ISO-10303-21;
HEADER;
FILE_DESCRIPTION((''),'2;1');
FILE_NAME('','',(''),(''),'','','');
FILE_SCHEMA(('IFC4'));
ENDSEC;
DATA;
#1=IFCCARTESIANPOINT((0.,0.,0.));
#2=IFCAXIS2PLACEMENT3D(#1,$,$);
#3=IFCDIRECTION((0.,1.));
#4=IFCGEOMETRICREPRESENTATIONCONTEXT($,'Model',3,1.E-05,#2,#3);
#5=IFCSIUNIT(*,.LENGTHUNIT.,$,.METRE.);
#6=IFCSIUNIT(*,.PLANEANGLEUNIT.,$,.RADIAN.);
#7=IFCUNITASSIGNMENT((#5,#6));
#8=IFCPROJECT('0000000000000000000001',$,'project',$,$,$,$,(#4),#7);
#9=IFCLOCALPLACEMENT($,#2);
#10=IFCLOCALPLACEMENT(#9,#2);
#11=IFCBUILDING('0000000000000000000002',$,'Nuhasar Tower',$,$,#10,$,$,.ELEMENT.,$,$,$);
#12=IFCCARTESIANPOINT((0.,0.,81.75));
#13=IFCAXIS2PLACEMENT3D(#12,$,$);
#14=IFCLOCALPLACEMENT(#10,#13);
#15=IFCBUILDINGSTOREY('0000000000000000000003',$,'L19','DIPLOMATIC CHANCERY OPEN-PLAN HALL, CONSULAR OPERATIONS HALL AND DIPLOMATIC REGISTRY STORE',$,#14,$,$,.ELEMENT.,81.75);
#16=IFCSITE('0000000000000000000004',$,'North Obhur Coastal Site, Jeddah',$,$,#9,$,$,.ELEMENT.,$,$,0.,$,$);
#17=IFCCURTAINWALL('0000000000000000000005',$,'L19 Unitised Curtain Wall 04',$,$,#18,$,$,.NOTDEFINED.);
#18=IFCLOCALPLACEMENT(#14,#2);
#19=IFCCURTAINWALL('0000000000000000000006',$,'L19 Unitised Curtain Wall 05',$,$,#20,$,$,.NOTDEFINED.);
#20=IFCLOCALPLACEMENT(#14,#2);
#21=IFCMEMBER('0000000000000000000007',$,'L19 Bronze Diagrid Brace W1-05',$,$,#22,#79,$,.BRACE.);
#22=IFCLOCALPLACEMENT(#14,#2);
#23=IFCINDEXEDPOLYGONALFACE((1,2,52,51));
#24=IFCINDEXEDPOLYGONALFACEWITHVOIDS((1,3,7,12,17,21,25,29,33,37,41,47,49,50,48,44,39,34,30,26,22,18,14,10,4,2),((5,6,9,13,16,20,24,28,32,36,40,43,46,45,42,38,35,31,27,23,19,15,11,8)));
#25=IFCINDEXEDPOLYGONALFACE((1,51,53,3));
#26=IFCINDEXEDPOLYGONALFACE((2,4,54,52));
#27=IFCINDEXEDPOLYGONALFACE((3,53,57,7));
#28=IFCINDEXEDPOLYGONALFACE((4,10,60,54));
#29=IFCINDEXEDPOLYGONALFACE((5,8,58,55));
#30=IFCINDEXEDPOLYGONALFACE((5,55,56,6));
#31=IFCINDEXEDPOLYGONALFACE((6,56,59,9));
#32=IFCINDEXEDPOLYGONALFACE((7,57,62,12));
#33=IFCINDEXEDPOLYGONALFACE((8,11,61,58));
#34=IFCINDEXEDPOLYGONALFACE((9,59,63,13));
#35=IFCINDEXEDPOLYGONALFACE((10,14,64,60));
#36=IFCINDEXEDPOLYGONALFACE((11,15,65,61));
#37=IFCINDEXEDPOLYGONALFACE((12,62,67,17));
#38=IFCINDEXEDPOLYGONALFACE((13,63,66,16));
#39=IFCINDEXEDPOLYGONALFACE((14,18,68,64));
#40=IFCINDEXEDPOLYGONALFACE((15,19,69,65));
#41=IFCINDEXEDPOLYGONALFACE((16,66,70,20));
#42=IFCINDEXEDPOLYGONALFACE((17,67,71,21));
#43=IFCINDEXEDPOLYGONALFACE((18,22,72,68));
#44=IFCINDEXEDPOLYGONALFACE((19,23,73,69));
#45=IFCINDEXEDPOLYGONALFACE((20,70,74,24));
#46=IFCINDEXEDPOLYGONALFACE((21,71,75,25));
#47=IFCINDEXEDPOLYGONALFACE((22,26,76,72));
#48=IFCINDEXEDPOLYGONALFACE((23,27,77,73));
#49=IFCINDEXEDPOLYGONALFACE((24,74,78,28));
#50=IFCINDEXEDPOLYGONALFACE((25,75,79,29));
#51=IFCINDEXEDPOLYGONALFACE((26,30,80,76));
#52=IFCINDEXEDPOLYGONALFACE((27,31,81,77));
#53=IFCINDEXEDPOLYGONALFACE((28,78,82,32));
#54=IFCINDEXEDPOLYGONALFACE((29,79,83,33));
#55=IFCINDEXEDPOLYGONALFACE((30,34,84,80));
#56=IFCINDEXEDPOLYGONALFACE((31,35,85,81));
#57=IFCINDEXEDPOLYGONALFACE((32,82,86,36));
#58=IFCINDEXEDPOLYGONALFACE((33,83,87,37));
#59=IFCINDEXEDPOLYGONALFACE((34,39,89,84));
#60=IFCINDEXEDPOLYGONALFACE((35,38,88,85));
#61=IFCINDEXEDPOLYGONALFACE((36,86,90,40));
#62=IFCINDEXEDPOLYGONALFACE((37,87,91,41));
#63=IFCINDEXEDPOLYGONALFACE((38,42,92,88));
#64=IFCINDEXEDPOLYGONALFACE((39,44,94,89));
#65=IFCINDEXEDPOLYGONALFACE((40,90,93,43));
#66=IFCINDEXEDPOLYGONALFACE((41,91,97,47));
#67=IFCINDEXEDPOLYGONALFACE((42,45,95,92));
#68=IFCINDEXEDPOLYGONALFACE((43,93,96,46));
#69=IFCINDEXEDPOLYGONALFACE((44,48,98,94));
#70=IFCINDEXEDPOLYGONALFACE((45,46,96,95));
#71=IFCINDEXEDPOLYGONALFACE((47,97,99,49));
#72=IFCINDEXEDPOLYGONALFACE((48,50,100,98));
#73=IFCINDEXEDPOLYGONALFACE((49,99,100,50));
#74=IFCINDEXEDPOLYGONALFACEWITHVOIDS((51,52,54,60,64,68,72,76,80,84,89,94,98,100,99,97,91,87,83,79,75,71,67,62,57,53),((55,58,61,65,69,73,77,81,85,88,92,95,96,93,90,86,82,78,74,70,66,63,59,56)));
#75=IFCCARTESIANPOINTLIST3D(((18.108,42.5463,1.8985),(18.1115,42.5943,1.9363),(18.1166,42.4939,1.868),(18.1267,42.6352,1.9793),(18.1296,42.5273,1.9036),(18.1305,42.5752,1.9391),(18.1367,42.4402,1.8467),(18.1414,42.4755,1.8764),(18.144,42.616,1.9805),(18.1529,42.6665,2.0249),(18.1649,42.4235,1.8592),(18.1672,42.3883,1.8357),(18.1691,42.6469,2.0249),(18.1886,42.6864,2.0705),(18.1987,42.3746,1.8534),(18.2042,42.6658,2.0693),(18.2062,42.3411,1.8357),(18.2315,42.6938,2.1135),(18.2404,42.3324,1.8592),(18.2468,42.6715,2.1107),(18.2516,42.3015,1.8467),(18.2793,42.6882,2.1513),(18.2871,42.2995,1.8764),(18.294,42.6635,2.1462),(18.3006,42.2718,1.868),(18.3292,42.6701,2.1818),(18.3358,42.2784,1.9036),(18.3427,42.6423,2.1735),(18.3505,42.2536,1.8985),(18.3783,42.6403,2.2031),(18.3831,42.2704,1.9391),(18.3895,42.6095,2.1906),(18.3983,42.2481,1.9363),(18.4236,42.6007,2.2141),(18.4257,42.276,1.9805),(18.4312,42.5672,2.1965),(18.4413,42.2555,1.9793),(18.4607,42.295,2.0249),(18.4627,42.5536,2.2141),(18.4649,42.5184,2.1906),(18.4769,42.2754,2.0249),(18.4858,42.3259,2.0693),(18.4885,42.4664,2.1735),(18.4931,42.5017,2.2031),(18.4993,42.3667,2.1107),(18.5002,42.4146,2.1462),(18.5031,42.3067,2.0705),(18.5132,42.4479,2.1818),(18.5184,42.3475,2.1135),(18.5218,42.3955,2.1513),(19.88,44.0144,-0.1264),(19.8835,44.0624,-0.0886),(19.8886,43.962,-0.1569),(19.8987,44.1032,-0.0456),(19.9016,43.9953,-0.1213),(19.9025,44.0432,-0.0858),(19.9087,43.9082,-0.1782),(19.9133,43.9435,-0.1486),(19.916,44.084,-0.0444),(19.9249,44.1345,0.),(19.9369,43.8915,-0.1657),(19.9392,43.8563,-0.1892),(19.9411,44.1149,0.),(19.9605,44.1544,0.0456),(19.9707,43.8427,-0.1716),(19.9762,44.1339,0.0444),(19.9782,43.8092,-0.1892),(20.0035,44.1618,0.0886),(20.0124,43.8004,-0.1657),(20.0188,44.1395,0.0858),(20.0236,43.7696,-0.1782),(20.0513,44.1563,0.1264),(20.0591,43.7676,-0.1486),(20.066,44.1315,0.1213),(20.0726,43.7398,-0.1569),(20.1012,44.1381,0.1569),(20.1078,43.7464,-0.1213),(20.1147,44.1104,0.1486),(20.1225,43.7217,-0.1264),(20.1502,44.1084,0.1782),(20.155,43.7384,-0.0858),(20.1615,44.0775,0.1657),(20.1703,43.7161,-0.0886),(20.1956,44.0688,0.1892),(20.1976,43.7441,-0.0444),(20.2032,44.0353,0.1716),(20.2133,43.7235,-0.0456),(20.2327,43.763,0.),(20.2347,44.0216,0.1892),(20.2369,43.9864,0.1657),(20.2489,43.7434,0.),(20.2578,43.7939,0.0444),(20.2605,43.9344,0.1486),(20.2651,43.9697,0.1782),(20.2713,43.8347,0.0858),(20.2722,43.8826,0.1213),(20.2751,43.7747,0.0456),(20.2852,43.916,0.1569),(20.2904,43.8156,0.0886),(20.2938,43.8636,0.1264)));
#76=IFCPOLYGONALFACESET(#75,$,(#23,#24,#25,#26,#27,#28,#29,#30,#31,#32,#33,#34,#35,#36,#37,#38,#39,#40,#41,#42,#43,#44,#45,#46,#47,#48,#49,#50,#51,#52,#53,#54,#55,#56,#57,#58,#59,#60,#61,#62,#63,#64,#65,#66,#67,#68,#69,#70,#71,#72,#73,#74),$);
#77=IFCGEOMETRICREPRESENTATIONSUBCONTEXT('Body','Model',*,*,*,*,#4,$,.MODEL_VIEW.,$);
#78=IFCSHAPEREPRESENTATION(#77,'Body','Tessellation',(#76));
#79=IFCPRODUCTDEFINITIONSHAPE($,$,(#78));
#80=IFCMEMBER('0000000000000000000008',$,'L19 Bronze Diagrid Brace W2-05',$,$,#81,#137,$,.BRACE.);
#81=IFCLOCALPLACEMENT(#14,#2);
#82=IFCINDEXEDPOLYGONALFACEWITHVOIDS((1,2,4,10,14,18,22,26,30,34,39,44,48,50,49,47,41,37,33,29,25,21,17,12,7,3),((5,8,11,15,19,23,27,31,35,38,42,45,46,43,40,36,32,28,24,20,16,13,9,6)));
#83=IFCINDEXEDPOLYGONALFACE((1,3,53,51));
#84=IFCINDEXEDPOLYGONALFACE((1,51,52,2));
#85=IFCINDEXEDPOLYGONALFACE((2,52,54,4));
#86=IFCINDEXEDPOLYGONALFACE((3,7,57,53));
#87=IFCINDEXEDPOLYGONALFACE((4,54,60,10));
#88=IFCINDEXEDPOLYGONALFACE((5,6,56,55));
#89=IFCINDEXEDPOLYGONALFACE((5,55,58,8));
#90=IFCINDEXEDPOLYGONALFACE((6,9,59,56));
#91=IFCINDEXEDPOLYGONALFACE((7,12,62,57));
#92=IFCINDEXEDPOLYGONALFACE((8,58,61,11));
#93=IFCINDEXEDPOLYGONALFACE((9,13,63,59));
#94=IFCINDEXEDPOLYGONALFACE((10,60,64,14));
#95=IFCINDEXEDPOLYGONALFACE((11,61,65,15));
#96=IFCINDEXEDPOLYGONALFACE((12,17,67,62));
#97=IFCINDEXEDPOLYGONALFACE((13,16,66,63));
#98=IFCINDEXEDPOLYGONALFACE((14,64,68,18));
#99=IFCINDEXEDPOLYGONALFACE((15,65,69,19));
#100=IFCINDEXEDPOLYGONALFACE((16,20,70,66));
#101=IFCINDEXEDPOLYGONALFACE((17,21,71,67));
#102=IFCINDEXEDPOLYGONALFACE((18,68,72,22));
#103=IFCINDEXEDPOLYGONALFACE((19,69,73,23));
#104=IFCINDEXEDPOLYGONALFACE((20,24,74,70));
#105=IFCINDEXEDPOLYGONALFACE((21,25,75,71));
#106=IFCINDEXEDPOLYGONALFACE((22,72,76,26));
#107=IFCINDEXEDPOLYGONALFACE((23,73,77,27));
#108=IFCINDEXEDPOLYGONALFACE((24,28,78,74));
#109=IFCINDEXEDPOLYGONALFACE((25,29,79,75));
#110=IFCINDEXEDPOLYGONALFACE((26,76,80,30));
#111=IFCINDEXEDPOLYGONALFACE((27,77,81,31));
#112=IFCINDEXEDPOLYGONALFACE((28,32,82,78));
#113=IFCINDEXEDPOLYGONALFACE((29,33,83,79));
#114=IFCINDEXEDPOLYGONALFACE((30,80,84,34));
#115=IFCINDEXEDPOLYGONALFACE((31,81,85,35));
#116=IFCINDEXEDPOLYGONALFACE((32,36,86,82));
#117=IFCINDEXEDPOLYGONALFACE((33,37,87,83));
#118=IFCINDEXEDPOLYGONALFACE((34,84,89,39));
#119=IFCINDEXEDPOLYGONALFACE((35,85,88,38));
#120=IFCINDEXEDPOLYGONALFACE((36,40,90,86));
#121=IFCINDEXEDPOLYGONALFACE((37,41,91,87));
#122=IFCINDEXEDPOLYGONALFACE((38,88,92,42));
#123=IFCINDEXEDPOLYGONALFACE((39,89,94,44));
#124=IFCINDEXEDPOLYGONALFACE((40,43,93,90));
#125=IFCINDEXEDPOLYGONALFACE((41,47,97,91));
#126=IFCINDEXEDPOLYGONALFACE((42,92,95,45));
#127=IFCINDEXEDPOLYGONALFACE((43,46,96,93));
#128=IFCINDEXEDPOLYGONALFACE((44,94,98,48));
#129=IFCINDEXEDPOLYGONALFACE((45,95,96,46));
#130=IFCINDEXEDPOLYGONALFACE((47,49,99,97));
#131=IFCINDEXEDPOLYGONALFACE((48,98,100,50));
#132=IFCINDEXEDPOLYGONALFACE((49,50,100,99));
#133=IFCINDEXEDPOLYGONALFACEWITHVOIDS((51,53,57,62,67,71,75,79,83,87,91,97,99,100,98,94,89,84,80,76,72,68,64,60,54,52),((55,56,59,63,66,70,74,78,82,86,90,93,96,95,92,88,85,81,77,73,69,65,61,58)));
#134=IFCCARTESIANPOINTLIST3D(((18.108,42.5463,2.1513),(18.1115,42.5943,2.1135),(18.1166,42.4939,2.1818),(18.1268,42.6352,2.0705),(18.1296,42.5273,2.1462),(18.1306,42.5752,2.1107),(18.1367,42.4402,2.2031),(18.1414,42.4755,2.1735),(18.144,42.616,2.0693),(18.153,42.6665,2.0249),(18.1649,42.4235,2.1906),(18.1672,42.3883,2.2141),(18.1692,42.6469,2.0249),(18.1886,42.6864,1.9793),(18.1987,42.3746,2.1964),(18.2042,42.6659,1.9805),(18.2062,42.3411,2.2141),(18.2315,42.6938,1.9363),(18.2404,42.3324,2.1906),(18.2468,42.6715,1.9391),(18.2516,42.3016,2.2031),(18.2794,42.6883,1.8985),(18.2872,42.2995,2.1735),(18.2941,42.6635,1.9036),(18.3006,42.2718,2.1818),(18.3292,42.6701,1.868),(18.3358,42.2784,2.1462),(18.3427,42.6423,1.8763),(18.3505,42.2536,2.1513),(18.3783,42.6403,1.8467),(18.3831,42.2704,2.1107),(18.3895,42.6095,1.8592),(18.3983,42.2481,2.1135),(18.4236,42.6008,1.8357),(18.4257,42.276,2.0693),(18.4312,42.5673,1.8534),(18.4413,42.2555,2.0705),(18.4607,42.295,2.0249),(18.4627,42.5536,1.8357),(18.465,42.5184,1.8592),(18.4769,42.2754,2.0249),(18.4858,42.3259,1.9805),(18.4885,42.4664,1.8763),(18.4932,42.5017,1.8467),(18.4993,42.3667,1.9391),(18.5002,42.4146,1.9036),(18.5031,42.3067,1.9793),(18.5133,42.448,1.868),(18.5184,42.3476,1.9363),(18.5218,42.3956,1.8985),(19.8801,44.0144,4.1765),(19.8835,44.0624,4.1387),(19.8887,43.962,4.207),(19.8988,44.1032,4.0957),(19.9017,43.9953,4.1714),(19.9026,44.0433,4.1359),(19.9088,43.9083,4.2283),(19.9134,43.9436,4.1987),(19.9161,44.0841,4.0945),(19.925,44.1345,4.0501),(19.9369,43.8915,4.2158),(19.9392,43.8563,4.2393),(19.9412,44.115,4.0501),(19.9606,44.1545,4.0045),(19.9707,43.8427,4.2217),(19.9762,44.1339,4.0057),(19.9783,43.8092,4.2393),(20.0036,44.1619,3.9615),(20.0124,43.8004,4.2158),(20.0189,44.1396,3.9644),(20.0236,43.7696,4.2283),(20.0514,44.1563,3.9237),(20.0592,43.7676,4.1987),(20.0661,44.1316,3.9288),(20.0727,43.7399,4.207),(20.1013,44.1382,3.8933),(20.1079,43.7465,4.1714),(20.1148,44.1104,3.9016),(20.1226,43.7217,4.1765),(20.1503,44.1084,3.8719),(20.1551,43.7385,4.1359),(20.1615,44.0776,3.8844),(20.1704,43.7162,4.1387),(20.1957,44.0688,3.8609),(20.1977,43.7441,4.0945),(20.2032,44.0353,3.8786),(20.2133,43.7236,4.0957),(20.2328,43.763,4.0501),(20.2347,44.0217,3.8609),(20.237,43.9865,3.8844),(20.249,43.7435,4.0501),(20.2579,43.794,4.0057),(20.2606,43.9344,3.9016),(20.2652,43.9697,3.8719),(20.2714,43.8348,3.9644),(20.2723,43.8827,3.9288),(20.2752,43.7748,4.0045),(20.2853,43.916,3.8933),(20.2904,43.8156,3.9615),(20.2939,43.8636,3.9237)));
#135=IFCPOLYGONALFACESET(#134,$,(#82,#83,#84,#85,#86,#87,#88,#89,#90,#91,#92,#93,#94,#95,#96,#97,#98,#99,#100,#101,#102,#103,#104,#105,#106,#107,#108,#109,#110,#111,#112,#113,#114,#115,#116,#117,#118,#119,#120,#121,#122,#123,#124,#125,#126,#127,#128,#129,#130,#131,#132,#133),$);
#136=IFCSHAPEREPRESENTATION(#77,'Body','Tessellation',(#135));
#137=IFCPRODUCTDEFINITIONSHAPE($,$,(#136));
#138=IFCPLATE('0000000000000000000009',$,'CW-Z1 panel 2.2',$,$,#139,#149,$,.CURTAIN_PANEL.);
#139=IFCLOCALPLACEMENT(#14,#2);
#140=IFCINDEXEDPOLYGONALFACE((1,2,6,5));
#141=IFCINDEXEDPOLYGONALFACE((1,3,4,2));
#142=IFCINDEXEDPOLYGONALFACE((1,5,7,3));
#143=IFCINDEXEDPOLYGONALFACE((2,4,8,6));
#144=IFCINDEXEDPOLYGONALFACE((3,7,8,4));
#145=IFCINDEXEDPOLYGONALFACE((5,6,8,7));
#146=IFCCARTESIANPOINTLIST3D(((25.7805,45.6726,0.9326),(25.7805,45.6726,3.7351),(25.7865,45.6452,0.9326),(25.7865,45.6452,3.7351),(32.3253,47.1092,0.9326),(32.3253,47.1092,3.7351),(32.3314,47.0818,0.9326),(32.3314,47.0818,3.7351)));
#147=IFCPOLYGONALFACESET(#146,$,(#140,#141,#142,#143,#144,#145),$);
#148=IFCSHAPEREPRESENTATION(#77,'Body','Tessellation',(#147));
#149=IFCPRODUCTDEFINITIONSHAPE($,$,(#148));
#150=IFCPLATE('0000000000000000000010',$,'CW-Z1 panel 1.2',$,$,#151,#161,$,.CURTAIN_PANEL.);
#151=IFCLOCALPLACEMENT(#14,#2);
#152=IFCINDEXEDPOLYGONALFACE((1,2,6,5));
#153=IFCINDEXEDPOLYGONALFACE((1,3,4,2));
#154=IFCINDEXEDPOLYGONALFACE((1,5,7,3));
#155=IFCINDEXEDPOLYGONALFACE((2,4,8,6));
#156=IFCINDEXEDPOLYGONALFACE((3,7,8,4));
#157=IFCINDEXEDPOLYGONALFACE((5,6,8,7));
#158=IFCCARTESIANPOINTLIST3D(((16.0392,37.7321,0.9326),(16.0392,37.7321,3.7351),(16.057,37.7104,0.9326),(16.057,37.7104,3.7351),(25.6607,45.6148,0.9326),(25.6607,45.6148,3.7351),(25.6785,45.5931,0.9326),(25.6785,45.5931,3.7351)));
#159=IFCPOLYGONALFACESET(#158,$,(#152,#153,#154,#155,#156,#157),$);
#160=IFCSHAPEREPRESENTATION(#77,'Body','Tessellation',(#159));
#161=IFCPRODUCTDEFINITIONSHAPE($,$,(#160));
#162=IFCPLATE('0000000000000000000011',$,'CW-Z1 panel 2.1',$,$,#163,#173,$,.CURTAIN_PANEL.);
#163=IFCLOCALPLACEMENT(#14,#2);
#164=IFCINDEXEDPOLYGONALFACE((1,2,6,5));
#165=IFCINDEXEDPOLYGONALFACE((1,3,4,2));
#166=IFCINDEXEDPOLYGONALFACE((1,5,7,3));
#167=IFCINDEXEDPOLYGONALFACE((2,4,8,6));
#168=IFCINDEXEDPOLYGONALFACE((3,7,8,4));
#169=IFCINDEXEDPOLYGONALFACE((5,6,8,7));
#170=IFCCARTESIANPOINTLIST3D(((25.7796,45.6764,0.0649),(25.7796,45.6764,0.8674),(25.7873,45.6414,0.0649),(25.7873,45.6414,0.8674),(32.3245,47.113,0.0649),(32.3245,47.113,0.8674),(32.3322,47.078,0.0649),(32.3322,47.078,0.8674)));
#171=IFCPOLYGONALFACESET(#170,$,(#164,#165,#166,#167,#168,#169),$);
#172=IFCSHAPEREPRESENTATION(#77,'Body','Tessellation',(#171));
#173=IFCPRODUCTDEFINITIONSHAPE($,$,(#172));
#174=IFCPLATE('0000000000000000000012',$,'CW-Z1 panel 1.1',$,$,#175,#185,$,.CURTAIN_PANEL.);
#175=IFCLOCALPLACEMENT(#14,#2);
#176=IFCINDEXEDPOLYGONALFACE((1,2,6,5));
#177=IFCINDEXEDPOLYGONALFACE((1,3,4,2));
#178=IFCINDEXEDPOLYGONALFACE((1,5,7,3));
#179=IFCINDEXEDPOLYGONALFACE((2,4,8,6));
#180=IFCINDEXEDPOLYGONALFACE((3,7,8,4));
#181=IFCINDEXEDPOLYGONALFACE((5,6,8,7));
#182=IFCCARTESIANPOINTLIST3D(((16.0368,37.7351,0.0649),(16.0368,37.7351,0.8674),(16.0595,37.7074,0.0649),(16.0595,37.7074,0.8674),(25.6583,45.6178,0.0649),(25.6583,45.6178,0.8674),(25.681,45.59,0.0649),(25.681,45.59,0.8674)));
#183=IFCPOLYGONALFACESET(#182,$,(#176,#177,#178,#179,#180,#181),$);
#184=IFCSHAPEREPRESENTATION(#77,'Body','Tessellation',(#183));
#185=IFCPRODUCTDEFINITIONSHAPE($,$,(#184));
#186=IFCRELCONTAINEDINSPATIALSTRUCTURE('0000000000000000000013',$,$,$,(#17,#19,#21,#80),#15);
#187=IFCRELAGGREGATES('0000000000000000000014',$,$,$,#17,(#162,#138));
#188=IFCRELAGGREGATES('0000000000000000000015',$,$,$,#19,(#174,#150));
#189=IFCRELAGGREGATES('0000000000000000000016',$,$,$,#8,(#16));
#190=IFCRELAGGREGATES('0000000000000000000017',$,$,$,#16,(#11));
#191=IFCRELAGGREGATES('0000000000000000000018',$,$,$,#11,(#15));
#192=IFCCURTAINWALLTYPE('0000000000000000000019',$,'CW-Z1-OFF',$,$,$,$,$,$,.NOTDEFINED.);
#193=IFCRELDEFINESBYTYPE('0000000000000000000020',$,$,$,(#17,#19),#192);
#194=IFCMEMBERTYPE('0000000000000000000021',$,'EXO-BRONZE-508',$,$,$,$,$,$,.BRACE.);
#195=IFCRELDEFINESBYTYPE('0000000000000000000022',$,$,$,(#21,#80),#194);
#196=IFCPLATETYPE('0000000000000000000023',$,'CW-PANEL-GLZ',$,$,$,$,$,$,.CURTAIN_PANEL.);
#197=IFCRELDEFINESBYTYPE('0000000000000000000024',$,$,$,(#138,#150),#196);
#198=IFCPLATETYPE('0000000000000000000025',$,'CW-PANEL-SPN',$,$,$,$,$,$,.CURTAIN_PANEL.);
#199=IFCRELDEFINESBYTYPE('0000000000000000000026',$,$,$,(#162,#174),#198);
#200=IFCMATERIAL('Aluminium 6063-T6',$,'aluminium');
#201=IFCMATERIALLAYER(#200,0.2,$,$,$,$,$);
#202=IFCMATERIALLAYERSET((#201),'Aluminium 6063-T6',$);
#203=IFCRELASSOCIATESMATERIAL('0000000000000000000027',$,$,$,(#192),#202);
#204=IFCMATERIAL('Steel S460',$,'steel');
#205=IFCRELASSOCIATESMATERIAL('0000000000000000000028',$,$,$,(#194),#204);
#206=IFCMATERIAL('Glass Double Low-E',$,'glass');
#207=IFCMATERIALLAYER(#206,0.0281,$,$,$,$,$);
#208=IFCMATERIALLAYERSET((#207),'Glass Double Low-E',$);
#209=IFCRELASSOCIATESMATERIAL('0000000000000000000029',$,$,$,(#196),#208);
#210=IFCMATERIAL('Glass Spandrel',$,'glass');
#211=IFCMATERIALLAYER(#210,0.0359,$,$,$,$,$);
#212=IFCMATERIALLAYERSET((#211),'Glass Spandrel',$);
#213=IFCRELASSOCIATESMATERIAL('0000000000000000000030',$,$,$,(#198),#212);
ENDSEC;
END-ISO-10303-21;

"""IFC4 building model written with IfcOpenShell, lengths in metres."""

from ifc_helpers import new_model, si_unit, direction, frame, origin, origin_2d, place, context, subcontext, project, spatial, rectangle, hollow_circle, extrude, material, layer, layer_set, material_profile, profile_set, type_object, element, aggregate, save


model = new_model("IFC4")

# Units and contexts
model_context = context("Model", 3, precision=1e-05, world=origin(), true_north=direction((0.0, 1.0)))
body_context = subcontext(model_context, "Body", "Model", "MODEL_VIEW")
ifc_project = project(units=[si_unit("LENGTHUNIT", "METRE"), si_unit("PLANEANGLEUNIT", "RADIAN")], contexts=[model_context])

# Site, building, storey
site_placement = place(None, origin())
site = spatial("IfcSite", under=ifc_project, at=site_placement, Name="North Obhur Coastal Site, Jeddah", CompositionType="ELEMENT", RefElevation=0.0)
building_placement = place(site_placement, origin())
building = spatial("IfcBuilding", under=site, at=building_placement, Name="Nuhasar Tower", CompositionType="ELEMENT")
storey_placement = place(building_placement, frame((0.0, 0.0, 81.75)))
storey = spatial("IfcBuildingStorey", under=building, at=storey_placement, Name="L19", Description="DIPLOMATIC CHANCERY OPEN-PLAN HALL, CONSULAR OPERATIONS HALL AND DIPLOMATIC REGISTRY STORE", CompositionType="ELEMENT", Elevation=81.75)

# Curtain wall
ifc_material_1 = material(Name="Aluminium 6063-T6", Category="aluminium")
ifc_layer_1 = layer(ifc_material_1, 0.2)
ifc_layer_set_1 = layer_set([ifc_layer_1], Name="Aluminium 6063-T6")
curtain_wall_type = type_object("IfcCurtainWallType", Name="CW-Z1-OFF", PredefinedType="NOTDEFINED", material=ifc_layer_set_1)
curtain_wall_1_placement = place(storey_placement, origin())
curtain_wall_1 = element("IfcCurtainWall", 1, at=curtain_wall_1_placement, inside=storey, type_object=curtain_wall_type, Name="L19 Unitised Curtain Wall 04", PredefinedType="NOTDEFINED")

# Curtain wall
curtain_wall_2_placement = place(storey_placement, origin())
curtain_wall_2 = element("IfcCurtainWall", 2, at=curtain_wall_2_placement, inside=storey, type_object=curtain_wall_type, Name="L19 Unitised Curtain Wall 05", PredefinedType="NOTDEFINED")

# Members
ifc_material_2 = material(Name="Steel S460", Category="steel")
ifc_material_profile_1 = material_profile(ifc_material_2, hollow_circle(Radius=0.2539, WallThickness=0.0254, at=origin_2d()), Name="HSS508X25.4")
ifc_profile_set_1 = profile_set([ifc_material_profile_1], Name="Steel S460")
member_type_1 = type_object("IfcMemberType", Name="EXO-BRONZE-508", PredefinedType="BRACE", material=ifc_profile_set_1)
for number, where, z_axis, x_axis, name in (
    (3, (20.0869, 43.939, 0.0), (-0.578102, -0.478937, 0.660619), (0.637969, -0.770062, 0.0), "L19 Bronze Diagrid Brace W1-05"),
):
    element("IfcMember", number, at=place(storey_placement, frame(where, z_axis=z_axis, x_axis=x_axis)), inside=storey, type_object=member_type_1, Name=name, PredefinedType="BRACE", context=body_context, shape_type="SweptSolid", body=[
        extrude(hollow_circle(Radius=0.2539, WallThickness=0.0254, at=origin_2d()), origin(), (0.0, 0.0, 1.0), 3.0652),
    ])
member_1_placement = place(storey_placement, frame((18.3149, 42.4709, 2.0249), z_axis=(0.578071, 0.478912, 0.660664), x_axis=(-0.637969, 0.770062, 0.0)))
element("IfcMember", 4, at=member_1_placement, inside=storey, type_object=member_type_1, Name="L19 Bronze Diagrid Brace W2-05", PredefinedType="BRACE", context=body_context, shape_type="SweptSolid", body=[
    extrude(hollow_circle(Radius=0.2539, WallThickness=0.0254, at=origin_2d()), origin(), (0.0, 0.0, 1.0), 3.0654),
])

# Plates
ifc_material_3 = material(Name="Glass Double Low-E", Category="glass")
ifc_layer_2 = layer(ifc_material_3, 0.0281)
ifc_layer_set_2 = layer_set([ifc_layer_2], Name="Glass Double Low-E")
plate_type_1 = type_object("IfcPlateType", Name="CW-PANEL-GLZ", PredefinedType="CURTAIN_PANEL", material=ifc_layer_set_2)
plate_1_placement = place(storey_placement, frame((29.0559, 46.3772, 0.9326), z_axis=(0.0, 0.0, 1.0), x_axis=(-0.976746, -0.214399, 0.0)))
plate_1 = element("IfcPlate", 5, at=plate_1_placement, type_object=plate_type_1, Name="CW-Z1 panel 2.2", PredefinedType="CURTAIN_PANEL", context=body_context, shape_type="SweptSolid", body=[
    extrude(rectangle(XDim=6.7007, YDim=0.0281, at=origin_2d()), origin(), (0.0, 0.0, 1.0), 2.8025),
])
plate_2_placement = place(storey_placement, frame((20.8589, 41.6626, 0.9326), z_axis=(0.0, 0.0, 1.0), x_axis=(-0.773542, -0.633745, 0.0)))
plate_2 = element("IfcPlate", 6, at=plate_2_placement, type_object=plate_type_1, Name="CW-Z1 panel 1.2", PredefinedType="CURTAIN_PANEL", context=body_context, shape_type="SweptSolid", body=[
    extrude(rectangle(XDim=12.4382, YDim=0.0281, at=origin_2d()), origin(), (0.0, 0.0, 1.0), 2.8025),
])
ifc_material_4 = material(Name="Glass Spandrel", Category="glass")
ifc_layer_3 = layer(ifc_material_4, 0.0359)
ifc_layer_set_3 = layer_set([ifc_layer_3], Name="Glass Spandrel")
plate_type_2 = type_object("IfcPlateType", Name="CW-PANEL-SPN", PredefinedType="CURTAIN_PANEL", material=ifc_layer_set_3)
plate_3_placement = place(storey_placement, frame((29.0559, 46.3772, 0.0649), z_axis=(0.0, 0.0, 1.0), x_axis=(-0.976746, -0.214399, 0.0)))
plate_3 = element("IfcPlate", 7, at=plate_3_placement, type_object=plate_type_2, Name="CW-Z1 panel 2.1", PredefinedType="CURTAIN_PANEL", context=body_context, shape_type="SweptSolid", body=[
    extrude(rectangle(XDim=6.7007, YDim=0.0359, at=origin_2d()), origin(), (0.0, 0.0, 1.0), 0.8025),
])
aggregate(curtain_wall_1, [plate_3, plate_1])
plate_4_placement = place(storey_placement, frame((20.8589, 41.6626, 0.0649), z_axis=(0.0, 0.0, 1.0), x_axis=(-0.773542, -0.633745, 0.0)))
plate_4 = element("IfcPlate", 8, at=plate_4_placement, type_object=plate_type_2, Name="CW-Z1 panel 1.1", PredefinedType="CURTAIN_PANEL", context=body_context, shape_type="SweptSolid", body=[
    extrude(rectangle(XDim=12.4382, YDim=0.0359, at=origin_2d()), origin(), (0.0, 0.0, 1.0), 0.8025),
])
aggregate(curtain_wall_2, [plate_4, plate_2])

save(model, "model.ifc")
